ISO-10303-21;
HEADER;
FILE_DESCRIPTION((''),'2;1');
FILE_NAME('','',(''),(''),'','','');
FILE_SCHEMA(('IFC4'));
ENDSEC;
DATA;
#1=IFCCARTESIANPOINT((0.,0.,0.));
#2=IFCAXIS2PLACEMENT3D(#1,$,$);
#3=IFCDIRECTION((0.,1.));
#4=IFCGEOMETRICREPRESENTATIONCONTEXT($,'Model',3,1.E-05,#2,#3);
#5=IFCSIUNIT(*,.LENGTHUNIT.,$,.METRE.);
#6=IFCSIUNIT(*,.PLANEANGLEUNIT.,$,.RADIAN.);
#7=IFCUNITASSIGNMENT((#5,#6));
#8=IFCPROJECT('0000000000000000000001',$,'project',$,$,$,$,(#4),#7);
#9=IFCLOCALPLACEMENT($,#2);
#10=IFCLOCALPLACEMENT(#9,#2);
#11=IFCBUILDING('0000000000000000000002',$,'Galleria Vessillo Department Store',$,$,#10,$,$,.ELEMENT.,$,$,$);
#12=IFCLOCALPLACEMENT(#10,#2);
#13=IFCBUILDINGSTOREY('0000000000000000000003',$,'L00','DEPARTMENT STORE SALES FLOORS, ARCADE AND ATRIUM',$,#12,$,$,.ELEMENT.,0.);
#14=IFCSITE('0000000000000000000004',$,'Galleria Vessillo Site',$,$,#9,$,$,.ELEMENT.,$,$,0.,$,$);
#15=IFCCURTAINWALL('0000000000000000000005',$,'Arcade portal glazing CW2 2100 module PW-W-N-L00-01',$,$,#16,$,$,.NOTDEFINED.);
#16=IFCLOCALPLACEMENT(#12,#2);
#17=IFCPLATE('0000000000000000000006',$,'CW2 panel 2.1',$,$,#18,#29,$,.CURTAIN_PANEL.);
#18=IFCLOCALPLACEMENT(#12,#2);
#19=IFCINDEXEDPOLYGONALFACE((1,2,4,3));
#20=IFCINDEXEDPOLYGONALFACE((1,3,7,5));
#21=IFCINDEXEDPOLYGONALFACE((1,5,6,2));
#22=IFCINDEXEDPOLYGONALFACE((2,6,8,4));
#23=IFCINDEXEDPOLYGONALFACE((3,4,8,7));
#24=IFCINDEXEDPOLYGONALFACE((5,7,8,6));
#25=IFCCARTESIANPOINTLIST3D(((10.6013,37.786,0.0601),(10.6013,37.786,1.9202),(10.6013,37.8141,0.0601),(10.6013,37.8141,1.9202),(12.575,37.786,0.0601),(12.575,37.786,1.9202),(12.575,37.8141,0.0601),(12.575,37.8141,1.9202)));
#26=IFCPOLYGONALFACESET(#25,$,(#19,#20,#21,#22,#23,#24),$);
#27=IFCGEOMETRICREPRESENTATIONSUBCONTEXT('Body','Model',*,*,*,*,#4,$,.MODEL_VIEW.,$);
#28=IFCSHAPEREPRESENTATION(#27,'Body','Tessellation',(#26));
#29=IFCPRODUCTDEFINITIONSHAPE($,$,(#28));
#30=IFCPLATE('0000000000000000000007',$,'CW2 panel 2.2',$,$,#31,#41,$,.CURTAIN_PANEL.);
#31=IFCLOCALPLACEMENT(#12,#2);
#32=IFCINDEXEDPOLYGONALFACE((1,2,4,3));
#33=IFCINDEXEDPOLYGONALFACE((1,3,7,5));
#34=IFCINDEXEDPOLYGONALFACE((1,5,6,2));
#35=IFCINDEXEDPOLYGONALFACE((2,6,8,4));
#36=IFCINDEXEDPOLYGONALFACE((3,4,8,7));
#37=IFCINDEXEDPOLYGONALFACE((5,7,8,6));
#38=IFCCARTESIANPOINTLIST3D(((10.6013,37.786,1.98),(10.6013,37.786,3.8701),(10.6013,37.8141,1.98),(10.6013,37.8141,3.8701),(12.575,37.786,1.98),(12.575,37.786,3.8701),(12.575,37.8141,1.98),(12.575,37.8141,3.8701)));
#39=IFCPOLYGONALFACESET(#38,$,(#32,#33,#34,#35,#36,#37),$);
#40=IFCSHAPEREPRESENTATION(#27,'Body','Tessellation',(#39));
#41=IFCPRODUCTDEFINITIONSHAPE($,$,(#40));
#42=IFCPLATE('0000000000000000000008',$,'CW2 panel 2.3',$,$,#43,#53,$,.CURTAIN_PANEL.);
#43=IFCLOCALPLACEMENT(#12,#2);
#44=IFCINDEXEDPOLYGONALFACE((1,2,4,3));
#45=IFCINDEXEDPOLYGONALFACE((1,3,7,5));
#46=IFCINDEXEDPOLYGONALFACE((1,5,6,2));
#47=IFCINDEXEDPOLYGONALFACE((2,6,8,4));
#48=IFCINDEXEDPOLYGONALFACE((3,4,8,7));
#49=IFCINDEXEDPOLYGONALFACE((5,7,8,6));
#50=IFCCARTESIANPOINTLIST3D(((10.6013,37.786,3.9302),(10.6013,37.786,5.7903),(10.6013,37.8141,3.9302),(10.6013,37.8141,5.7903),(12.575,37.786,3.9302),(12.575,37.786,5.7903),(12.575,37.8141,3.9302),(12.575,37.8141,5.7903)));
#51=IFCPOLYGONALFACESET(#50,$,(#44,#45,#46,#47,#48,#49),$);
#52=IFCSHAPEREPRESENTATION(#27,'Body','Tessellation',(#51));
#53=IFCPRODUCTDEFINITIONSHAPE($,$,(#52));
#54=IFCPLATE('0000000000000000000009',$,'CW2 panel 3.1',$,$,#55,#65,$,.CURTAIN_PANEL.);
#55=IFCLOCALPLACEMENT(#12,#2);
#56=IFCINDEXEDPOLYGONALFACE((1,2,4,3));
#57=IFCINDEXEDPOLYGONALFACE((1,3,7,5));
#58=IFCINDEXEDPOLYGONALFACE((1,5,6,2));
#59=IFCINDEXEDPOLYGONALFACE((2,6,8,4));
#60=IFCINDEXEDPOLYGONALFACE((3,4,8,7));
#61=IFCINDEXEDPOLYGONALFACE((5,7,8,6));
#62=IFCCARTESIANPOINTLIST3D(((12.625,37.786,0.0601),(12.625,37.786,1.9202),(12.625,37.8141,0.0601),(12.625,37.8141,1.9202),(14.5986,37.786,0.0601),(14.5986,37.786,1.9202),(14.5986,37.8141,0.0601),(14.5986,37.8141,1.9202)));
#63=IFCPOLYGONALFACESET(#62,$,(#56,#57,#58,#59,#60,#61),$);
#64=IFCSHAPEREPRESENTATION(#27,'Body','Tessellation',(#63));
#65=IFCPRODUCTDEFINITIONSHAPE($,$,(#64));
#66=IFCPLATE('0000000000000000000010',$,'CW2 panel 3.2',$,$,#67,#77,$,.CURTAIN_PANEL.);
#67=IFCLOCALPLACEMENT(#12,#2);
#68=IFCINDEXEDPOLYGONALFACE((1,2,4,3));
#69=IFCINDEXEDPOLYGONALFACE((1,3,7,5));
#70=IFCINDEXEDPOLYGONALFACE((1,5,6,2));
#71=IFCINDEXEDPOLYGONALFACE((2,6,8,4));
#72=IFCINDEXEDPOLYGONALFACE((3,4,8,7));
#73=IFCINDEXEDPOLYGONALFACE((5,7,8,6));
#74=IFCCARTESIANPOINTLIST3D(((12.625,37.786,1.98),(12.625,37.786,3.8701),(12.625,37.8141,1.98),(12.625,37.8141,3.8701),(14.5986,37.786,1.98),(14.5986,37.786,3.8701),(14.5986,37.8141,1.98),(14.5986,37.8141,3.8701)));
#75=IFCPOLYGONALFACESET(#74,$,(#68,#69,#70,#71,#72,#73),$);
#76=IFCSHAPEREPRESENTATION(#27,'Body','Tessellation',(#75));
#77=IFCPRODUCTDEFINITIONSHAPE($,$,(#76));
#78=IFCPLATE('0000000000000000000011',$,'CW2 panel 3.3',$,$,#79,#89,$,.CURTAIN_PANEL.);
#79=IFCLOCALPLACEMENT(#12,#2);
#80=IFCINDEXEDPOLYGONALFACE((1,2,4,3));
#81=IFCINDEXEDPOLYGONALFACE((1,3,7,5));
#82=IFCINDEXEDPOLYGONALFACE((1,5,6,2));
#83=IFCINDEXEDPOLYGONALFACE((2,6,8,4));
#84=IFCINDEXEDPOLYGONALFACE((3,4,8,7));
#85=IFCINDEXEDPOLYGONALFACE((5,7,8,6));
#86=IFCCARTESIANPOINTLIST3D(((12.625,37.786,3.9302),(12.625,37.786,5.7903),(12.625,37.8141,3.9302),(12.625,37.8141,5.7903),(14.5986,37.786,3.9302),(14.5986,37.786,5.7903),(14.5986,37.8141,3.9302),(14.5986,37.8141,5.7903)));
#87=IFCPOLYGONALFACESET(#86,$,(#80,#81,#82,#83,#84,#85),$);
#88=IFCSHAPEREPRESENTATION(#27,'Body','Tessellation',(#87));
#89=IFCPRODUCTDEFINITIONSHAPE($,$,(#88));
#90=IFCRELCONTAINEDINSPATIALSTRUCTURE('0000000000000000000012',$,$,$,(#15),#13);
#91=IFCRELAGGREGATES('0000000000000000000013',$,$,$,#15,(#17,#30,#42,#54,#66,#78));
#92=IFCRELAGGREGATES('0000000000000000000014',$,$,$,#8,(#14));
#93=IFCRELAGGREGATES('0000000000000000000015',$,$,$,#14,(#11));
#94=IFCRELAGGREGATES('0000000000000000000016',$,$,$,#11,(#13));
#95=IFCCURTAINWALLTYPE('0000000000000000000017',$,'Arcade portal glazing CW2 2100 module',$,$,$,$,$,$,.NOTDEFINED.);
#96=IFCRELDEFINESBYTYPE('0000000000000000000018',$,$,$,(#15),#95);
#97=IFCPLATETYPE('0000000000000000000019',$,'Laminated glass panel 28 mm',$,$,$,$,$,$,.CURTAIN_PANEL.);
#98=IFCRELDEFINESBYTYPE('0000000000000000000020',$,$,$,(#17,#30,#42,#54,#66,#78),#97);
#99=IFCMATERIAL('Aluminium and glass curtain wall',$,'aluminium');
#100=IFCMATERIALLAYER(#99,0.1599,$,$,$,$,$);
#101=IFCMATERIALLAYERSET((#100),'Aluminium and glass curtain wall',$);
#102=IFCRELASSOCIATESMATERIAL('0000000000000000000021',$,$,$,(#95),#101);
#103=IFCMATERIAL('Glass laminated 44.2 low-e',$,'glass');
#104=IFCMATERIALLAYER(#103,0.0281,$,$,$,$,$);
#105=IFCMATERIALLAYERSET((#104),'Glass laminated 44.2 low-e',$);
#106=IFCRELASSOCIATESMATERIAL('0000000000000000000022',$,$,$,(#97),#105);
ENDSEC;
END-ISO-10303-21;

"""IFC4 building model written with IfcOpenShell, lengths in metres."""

from ifc_helpers import new_model, si_unit, direction, frame, origin, origin_2d, place, context, subcontext, project, spatial, rectangle, extrude, material, layer, layer_set, type_object, element, aggregate, save


model = new_model("IFC4")

# Units and contexts
model_context = context("Model", 3, precision=1e-05, world=origin(), true_north=direction((0.0, 1.0)))
body_context = subcontext(model_context, "Body", "Model", "MODEL_VIEW")
ifc_project = project(units=[si_unit("LENGTHUNIT", "METRE"), si_unit("PLANEANGLEUNIT", "RADIAN")], contexts=[model_context])

# Site, building, storey
site_placement = place(None, origin())
site = spatial("IfcSite", under=ifc_project, at=site_placement, Name="Galleria Vessillo Site", CompositionType="ELEMENT", RefElevation=0.0)
building_placement = place(site_placement, origin())
building = spatial("IfcBuilding", under=site, at=building_placement, Name="Galleria Vessillo Department Store", CompositionType="ELEMENT")
storey_placement = place(building_placement, origin())
storey = spatial("IfcBuildingStorey", under=building, at=storey_placement, Name="L00", Description="DEPARTMENT STORE SALES FLOORS, ARCADE AND ATRIUM", CompositionType="ELEMENT", Elevation=0.0)

# Curtain wall, plates
ifc_material_1 = material(Name="Aluminium and glass curtain wall", Category="aluminium")
ifc_layer_1 = layer(ifc_material_1, 0.1599)
ifc_layer_set_1 = layer_set([ifc_layer_1], Name="Aluminium and glass curtain wall")
curtain_wall_type = type_object("IfcCurtainWallType", Name="Arcade portal glazing CW2 2100 module", PredefinedType="NOTDEFINED", material=ifc_layer_set_1)
curtain_wall_placement = place(storey_placement, origin())
curtain_wall = element("IfcCurtainWall", 1, at=curtain_wall_placement, inside=storey, type_object=curtain_wall_type, Name="Arcade portal glazing CW2 2100 module PW-W-N-L00-01", PredefinedType="NOTDEFINED")
ifc_material_2 = material(Name="Glass laminated 44.2 low-e", Category="glass")
ifc_layer_2 = layer(ifc_material_2, 0.0281)
ifc_layer_set_2 = layer_set([ifc_layer_2], Name="Glass laminated 44.2 low-e")
plate_type = type_object("IfcPlateType", Name="Laminated glass panel 28 mm", PredefinedType="CURTAIN_PANEL", material=ifc_layer_set_2)
plate_1_placement = place(storey_placement, frame((11.5881, 37.8, 0.0601), z_axis=(0.0, 0.0, 1.0), x_axis=(1.0, 0.0, 0.0)))
plate_1 = element("IfcPlate", 2, at=plate_1_placement, type_object=plate_type, Name="CW2 panel 2.1", PredefinedType="CURTAIN_PANEL", context=body_context, shape_type="SweptSolid", body=[
    extrude(rectangle(XDim=1.9736, YDim=0.0281, at=origin_2d()), origin(), (0.0, 0.0, 1.0), 1.8601),
])
plate_2_placement = place(storey_placement, frame((11.5881, 37.8, 1.98), z_axis=(0.0, 0.0, 1.0), x_axis=(1.0, 0.0, 0.0)))
plate_2 = element("IfcPlate", 3, at=plate_2_placement, type_object=plate_type, Name="CW2 panel 2.2", PredefinedType="CURTAIN_PANEL", context=body_context, shape_type="SweptSolid", body=[
    extrude(rectangle(XDim=1.9736, YDim=0.0281, at=origin_2d()), origin(), (0.0, 0.0, 1.0), 1.8901),
])
plate_3_placement = place(storey_placement, frame((11.5881, 37.8, 3.9302), z_axis=(0.0, 0.0, 1.0), x_axis=(1.0, 0.0, 0.0)))
plate_3 = element("IfcPlate", 4, at=plate_3_placement, type_object=plate_type, Name="CW2 panel 2.3", PredefinedType="CURTAIN_PANEL", context=body_context, shape_type="SweptSolid", body=[
    extrude(rectangle(XDim=1.9736, YDim=0.0281, at=origin_2d()), origin(), (0.0, 0.0, 1.0), 1.8601),
])
plate_4_placement = place(storey_placement, frame((13.6118, 37.8, 0.0601), z_axis=(0.0, 0.0, 1.0), x_axis=(1.0, 0.0, 0.0)))
plate_4 = element("IfcPlate", 5, at=plate_4_placement, type_object=plate_type, Name="CW2 panel 3.1", PredefinedType="CURTAIN_PANEL", context=body_context, shape_type="SweptSolid", body=[
    extrude(rectangle(XDim=1.9736, YDim=0.0281, at=origin_2d()), origin(), (0.0, 0.0, 1.0), 1.8601),
])
plate_5_placement = place(storey_placement, frame((13.6118, 37.8, 1.98), z_axis=(0.0, 0.0, 1.0), x_axis=(1.0, 0.0, 0.0)))
plate_5 = element("IfcPlate", 6, at=plate_5_placement, type_object=plate_type, Name="CW2 panel 3.2", PredefinedType="CURTAIN_PANEL", context=body_context, shape_type="SweptSolid", body=[
    extrude(rectangle(XDim=1.9736, YDim=0.0281, at=origin_2d()), origin(), (0.0, 0.0, 1.0), 1.8901),
])
plate_6_placement = place(storey_placement, frame((13.6118, 37.8, 3.9302), z_axis=(0.0, 0.0, 1.0), x_axis=(1.0, 0.0, 0.0)))
plate_6 = element("IfcPlate", 7, at=plate_6_placement, type_object=plate_type, Name="CW2 panel 3.3", PredefinedType="CURTAIN_PANEL", context=body_context, shape_type="SweptSolid", body=[
    extrude(rectangle(XDim=1.9736, YDim=0.0281, at=origin_2d()), origin(), (0.0, 0.0, 1.0), 1.8601),
])
aggregate(curtain_wall, [plate_1, plate_2, plate_3, plate_4, plate_5, plate_6])

save(model, "model.ifc")
